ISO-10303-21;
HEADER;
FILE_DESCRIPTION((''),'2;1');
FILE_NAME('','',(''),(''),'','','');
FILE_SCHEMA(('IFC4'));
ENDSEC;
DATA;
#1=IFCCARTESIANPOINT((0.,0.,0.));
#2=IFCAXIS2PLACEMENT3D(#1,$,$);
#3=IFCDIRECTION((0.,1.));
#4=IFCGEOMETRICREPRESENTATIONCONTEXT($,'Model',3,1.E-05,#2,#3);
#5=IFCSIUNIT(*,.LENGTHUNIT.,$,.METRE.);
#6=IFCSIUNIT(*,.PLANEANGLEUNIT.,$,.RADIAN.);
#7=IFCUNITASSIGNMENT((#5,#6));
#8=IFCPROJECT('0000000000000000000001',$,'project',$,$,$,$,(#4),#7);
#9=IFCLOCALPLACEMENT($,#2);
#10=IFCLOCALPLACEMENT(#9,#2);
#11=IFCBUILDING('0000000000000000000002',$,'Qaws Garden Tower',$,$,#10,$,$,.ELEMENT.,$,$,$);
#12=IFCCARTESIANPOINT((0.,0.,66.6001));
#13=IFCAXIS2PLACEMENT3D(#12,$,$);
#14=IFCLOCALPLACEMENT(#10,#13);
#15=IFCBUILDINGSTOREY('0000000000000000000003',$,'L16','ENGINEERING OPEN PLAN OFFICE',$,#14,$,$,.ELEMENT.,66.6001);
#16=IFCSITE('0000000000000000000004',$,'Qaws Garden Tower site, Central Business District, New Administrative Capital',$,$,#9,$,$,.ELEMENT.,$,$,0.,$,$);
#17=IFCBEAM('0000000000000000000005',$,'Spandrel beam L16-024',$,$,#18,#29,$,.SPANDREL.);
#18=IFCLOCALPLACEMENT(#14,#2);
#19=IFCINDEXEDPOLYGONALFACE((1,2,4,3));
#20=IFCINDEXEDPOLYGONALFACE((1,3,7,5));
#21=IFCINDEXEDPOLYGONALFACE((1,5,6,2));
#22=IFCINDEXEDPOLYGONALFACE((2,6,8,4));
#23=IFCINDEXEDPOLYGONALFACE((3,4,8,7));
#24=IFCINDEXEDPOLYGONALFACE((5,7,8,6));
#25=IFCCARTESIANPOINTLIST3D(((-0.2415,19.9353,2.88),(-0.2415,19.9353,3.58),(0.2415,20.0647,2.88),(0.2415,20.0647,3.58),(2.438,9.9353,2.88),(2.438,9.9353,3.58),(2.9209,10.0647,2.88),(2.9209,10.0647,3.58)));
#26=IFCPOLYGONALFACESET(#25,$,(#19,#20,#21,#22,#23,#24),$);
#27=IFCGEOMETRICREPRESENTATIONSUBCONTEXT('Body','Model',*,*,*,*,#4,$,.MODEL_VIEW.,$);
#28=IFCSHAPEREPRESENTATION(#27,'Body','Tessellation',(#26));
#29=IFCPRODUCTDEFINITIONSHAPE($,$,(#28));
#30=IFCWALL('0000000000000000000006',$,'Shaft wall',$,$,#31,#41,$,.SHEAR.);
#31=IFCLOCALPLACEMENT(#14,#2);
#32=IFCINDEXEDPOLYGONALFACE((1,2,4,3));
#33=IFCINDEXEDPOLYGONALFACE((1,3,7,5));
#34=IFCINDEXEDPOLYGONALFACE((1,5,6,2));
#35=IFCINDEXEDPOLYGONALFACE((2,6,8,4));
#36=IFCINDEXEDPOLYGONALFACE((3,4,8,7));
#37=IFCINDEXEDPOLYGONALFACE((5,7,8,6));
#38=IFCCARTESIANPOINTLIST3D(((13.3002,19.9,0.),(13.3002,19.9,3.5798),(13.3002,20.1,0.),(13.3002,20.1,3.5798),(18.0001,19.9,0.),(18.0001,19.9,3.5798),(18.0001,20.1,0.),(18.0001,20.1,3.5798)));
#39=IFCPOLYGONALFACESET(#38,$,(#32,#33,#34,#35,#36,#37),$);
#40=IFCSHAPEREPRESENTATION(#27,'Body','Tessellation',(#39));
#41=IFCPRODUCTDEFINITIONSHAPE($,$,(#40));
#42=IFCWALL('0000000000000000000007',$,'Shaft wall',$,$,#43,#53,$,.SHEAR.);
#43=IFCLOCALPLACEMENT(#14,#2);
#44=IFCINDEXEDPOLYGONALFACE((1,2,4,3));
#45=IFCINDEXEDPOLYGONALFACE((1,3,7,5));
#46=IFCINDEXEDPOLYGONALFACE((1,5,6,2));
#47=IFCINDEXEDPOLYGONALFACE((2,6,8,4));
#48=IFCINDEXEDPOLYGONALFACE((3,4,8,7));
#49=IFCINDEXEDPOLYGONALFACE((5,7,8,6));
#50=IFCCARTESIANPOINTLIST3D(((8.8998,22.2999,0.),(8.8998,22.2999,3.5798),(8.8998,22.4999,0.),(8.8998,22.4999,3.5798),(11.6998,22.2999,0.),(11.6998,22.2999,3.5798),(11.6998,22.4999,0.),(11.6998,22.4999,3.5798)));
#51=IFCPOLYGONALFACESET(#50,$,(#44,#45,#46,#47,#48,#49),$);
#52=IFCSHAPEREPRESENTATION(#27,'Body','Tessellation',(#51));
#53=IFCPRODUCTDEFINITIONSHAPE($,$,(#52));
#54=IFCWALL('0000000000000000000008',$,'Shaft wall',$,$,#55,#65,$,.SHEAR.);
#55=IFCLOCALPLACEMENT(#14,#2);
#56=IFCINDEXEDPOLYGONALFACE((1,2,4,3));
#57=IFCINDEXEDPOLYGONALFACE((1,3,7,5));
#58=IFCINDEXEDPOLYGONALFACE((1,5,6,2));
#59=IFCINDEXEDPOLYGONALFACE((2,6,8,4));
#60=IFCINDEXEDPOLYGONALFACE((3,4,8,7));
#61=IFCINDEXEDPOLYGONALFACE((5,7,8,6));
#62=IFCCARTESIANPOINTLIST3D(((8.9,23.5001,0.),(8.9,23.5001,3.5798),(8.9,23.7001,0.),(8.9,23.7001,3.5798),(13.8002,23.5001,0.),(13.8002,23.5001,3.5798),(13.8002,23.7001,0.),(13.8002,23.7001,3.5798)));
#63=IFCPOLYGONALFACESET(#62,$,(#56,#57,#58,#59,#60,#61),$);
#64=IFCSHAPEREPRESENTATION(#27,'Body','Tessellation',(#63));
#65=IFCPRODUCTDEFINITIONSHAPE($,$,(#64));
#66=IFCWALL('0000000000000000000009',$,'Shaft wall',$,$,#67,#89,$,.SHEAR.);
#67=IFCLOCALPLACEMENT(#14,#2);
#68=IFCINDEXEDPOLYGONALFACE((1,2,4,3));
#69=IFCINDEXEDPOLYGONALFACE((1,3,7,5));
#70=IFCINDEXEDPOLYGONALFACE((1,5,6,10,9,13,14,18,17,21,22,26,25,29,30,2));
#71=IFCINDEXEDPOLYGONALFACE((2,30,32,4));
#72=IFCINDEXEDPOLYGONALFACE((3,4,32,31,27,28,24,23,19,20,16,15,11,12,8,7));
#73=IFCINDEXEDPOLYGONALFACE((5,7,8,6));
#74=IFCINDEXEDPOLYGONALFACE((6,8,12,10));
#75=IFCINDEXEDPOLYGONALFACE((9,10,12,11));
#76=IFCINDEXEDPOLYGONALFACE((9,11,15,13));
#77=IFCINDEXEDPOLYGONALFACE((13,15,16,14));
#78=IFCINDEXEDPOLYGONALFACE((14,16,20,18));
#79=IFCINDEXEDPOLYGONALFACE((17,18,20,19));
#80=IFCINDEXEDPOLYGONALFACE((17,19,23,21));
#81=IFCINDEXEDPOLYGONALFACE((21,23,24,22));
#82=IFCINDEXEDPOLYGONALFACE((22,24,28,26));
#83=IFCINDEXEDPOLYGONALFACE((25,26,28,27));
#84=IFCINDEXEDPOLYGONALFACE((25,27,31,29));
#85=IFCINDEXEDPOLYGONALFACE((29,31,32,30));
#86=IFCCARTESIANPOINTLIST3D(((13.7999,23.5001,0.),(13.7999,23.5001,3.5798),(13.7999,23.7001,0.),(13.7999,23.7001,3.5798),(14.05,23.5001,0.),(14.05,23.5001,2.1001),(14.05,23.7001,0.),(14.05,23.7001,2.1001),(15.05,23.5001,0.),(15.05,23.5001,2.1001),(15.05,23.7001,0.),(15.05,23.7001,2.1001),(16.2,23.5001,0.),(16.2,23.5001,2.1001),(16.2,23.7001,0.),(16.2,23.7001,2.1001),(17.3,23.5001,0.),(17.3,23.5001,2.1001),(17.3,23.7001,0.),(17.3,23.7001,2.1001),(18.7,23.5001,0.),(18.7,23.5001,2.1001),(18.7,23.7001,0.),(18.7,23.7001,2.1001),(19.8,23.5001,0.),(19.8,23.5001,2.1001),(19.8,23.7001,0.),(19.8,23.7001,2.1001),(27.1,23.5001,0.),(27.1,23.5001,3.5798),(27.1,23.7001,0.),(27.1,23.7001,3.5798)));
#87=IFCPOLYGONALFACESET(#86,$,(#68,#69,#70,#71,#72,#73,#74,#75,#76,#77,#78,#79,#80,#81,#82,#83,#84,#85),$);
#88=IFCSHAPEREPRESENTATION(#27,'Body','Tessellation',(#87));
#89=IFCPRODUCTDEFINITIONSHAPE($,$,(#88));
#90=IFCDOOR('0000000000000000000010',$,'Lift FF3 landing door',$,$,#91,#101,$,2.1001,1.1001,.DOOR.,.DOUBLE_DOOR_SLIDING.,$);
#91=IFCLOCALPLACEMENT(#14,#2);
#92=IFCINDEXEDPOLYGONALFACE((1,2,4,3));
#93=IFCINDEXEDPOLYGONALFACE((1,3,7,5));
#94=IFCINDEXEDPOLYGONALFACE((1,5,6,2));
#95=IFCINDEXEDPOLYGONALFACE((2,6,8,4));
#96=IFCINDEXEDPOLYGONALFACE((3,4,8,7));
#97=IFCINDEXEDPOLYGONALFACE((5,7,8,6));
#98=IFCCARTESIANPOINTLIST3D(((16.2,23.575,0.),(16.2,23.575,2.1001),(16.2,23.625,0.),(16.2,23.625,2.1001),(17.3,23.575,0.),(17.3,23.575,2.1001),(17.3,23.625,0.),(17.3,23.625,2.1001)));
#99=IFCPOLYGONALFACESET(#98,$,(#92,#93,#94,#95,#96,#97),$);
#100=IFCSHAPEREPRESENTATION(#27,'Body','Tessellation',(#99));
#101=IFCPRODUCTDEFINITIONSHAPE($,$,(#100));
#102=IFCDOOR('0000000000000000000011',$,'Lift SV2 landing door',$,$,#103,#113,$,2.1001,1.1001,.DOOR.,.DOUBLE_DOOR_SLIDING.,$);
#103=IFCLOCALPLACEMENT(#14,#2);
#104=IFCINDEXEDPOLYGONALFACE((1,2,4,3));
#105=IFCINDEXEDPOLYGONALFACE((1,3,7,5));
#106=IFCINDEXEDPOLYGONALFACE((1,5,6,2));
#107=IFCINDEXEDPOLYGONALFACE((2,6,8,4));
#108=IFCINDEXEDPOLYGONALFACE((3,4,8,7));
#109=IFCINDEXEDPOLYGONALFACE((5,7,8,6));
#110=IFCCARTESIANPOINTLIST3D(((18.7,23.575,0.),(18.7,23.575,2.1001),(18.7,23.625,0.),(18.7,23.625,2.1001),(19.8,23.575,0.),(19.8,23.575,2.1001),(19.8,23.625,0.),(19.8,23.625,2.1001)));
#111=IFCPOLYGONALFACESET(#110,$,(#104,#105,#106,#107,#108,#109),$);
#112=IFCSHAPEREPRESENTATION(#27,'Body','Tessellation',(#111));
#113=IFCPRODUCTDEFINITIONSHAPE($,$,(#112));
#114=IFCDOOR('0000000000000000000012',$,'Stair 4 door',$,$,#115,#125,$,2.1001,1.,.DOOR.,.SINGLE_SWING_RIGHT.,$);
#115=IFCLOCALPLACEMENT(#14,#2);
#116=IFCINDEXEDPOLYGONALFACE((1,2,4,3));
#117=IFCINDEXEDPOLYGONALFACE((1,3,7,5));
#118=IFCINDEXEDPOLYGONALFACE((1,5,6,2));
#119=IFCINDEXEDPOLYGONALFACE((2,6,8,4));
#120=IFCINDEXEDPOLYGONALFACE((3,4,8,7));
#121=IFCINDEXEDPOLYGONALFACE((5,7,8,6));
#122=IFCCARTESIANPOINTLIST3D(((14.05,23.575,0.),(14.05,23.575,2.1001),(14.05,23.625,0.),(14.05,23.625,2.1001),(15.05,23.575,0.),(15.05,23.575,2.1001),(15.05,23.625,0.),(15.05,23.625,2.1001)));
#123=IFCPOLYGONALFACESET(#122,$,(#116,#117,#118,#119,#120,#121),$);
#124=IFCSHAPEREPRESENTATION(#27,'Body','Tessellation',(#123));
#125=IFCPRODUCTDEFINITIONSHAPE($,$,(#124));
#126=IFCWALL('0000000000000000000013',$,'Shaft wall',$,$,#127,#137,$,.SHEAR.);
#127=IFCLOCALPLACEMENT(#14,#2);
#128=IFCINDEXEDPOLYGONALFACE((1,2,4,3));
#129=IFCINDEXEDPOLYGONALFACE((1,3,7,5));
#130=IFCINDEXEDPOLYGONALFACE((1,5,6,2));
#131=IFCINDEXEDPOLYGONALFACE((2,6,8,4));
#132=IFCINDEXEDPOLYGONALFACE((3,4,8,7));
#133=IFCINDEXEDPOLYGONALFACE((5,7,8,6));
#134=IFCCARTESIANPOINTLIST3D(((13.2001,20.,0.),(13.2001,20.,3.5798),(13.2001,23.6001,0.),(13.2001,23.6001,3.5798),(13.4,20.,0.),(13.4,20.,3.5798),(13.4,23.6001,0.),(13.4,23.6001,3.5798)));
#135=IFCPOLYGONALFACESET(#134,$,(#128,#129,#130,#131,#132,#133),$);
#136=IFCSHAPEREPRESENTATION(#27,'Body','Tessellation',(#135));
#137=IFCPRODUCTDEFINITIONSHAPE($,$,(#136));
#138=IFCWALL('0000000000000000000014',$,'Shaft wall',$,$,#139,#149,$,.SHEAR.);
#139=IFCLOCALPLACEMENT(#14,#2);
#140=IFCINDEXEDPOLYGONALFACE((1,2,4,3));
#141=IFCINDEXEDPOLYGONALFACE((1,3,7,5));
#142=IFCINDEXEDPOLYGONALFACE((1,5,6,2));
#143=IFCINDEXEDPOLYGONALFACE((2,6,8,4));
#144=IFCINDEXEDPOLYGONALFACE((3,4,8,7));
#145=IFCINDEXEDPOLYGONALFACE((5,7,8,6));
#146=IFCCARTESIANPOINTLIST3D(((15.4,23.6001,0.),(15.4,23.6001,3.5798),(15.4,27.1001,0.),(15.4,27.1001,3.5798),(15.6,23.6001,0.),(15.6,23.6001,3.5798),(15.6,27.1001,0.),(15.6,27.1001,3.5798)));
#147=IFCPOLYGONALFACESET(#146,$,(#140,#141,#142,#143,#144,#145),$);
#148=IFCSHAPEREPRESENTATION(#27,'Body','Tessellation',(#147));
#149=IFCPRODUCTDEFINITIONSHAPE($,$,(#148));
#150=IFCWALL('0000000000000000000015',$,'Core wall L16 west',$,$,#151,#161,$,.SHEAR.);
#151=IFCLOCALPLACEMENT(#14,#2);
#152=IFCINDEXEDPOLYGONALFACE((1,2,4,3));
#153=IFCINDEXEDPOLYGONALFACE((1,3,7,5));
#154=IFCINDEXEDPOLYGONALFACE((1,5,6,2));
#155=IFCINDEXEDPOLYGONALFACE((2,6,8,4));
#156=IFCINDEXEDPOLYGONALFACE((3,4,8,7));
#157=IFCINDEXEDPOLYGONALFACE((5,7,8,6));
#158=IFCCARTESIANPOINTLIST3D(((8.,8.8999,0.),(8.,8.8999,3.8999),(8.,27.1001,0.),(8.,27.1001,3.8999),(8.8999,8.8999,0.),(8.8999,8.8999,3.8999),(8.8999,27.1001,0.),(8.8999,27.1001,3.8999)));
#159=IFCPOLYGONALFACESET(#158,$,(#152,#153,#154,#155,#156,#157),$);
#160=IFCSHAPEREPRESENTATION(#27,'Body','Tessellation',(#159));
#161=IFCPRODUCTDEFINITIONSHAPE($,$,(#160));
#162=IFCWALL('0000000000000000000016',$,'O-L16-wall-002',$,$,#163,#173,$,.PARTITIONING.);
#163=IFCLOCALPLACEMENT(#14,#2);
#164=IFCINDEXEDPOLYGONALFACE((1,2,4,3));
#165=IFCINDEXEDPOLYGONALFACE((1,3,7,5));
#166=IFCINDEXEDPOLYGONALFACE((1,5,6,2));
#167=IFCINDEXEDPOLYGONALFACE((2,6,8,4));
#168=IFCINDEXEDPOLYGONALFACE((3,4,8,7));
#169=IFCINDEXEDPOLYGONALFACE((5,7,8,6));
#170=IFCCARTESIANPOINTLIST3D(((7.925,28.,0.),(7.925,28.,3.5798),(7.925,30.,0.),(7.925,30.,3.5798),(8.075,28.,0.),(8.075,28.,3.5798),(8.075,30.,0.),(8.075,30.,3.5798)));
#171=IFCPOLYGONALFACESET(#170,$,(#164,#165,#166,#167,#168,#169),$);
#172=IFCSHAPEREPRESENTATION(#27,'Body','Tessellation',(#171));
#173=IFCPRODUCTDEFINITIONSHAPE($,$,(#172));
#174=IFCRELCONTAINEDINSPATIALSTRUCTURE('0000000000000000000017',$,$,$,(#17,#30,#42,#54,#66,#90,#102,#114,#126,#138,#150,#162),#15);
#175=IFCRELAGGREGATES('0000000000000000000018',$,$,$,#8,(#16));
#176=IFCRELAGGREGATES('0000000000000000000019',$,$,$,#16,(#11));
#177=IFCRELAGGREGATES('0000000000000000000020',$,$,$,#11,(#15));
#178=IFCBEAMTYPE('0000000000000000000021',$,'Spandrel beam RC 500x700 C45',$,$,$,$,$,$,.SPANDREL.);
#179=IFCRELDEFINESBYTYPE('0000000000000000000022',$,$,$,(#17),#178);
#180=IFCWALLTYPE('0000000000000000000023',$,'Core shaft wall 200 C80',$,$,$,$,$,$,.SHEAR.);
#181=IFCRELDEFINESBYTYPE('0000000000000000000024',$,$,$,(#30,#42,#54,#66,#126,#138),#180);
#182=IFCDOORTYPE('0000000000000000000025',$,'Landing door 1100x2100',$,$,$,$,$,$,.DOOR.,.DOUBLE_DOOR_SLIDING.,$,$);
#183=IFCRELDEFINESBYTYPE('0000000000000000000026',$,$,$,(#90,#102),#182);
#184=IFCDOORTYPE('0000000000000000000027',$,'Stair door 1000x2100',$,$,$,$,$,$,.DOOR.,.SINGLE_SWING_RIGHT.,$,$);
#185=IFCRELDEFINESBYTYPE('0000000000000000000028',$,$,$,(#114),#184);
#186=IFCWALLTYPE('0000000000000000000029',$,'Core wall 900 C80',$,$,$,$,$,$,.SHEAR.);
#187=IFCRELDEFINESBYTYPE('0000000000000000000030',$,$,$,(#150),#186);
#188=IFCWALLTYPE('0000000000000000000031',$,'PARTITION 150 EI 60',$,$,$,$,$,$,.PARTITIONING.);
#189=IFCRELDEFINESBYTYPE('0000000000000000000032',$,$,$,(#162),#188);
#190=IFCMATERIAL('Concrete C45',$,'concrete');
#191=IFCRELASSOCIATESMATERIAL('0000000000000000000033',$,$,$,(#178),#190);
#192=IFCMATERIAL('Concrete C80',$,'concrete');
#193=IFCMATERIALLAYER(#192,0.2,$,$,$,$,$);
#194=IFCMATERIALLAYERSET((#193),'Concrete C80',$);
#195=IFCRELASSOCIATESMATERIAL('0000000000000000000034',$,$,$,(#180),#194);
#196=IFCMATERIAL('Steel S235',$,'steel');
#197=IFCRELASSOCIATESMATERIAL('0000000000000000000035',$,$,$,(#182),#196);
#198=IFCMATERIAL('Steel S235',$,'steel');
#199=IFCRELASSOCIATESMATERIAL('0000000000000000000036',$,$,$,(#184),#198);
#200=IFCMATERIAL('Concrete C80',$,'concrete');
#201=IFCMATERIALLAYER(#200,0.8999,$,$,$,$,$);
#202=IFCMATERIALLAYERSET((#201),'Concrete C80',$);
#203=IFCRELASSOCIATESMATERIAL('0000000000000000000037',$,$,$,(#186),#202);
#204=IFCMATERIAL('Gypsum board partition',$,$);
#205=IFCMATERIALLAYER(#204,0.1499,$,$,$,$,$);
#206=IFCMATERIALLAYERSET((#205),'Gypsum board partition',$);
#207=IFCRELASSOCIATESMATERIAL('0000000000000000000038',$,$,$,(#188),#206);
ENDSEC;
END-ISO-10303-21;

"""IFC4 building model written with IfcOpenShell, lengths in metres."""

from ifc_helpers import new_model, si_unit, direction, frame, frame_2d, origin, origin_2d, place, context, subcontext, project, spatial, rectangle, extrude, material, layer, layer_set, material_profile, profile_set, type_object, element, fill, save


model = new_model("IFC4")

# Units and contexts
model_context = context("Model", 3, precision=1e-05, world=origin(), true_north=direction((0.0, 1.0)))
body_context = subcontext(model_context, "Body", "Model", "MODEL_VIEW")
ifc_project = project(units=[si_unit("LENGTHUNIT", "METRE"), si_unit("PLANEANGLEUNIT", "RADIAN")], contexts=[model_context])

# Site, building, storey
site_placement = place(None, origin())
site = spatial("IfcSite", under=ifc_project, at=site_placement, Name="Qaws Garden Tower site, Central Business District, New Administrative Capital", CompositionType="ELEMENT", RefElevation=0.0)
building_placement = place(site_placement, origin())
building = spatial("IfcBuilding", under=site, at=building_placement, Name="Qaws Garden Tower", CompositionType="ELEMENT")
storey_placement = place(building_placement, frame((0.0, 0.0, 66.6001)))
storey = spatial("IfcBuildingStorey", under=building, at=storey_placement, Name="L16", Description="ENGINEERING OPEN PLAN OFFICE", CompositionType="ELEMENT", Elevation=66.6001)

# Beam
ifc_material_1 = material(Name="Concrete C45", Category="concrete")
ifc_material_profile = material_profile(ifc_material_1, rectangle(XDim=0.5, YDim=0.7, at=origin_2d()), Name="RC 500x700")
ifc_profile_set = profile_set([ifc_material_profile], Name="Concrete C45")
beam_type = type_object("IfcBeamType", Name="Spandrel beam RC 500x700 C45", PredefinedType="SPANDREL", material=ifc_profile_set)
beam_placement = place(storey_placement, frame((0.0, 20.0, 3.23), z_axis=(0.258815, -0.965927, 0.0), x_axis=(0.965927, 0.258815, 0.0)))
element("IfcBeam", 1, at=beam_placement, inside=storey, type_object=beam_type, Name="Spandrel beam L16-024", PredefinedType="SPANDREL", context=body_context, shape_type="SweptSolid", body=[
    extrude(rectangle(XDim=0.5, YDim=0.7, at=origin_2d()), origin(), (0.0, 0.0, 1.0), 10.3528),
])

# Walls
ifc_material_2 = material(Name="Concrete C80", Category="concrete")
ifc_layer_1 = layer(ifc_material_2, 0.2)
ifc_layer_set_1 = layer_set([ifc_layer_1], Name="Concrete C80")
wall_type_1 = type_object("IfcWallType", Name="Core shaft wall 200 C80", PredefinedType="SHEAR", material=ifc_layer_set_1)
wall_1_placement = place(storey_placement, frame((13.3, 20.0, 0.0), z_axis=(0.0, 0.0, 1.0), x_axis=(1.0, 0.0, 0.0)))
element("IfcWall", 2, at=wall_1_placement, inside=storey, type_object=wall_type_1, Name="Shaft wall", PredefinedType="SHEAR", context=body_context, shape_type="SweptSolid", body=[
    extrude(rectangle(XDim=4.7, YDim=0.2, at=frame_2d((2.3501, 0.0))), origin(), (0.0, 0.0, 1.0), 3.5798),
])
wall_2_placement = place(storey_placement, frame((8.8999, 22.3999, 0.0), z_axis=(0.0, 0.0, 1.0), x_axis=(1.0, 0.0, 0.0)))
element("IfcWall", 3, at=wall_2_placement, inside=storey, type_object=wall_type_1, Name="Shaft wall", PredefinedType="SHEAR", context=body_context, shape_type="SweptSolid", body=[
    extrude(rectangle(XDim=2.8, YDim=0.2, at=frame_2d((1.3999, 0.0))), origin(), (0.0, 0.0, 1.0), 3.5798),
])
wall_3_placement = place(storey_placement, frame((8.8999, 23.6001, 0.0), z_axis=(0.0, 0.0, 1.0), x_axis=(1.0, 0.0, 0.0)))
element("IfcWall", 4, at=wall_3_placement, inside=storey, type_object=wall_type_1, Name="Shaft wall", PredefinedType="SHEAR", context=body_context, shape_type="SweptSolid", body=[
    extrude(rectangle(XDim=4.9001, YDim=0.2, at=frame_2d((2.4502, 0.0))), origin(), (0.0, 0.0, 1.0), 3.5798),
])

# Wall, openings, doors
wall_4_placement = place(storey_placement, frame((13.8, 23.6001, 0.0), z_axis=(0.0, 0.0, 1.0), x_axis=(1.0, 0.0, 0.0)))
wall_4 = element("IfcWall", 5, at=wall_4_placement, inside=storey, type_object=wall_type_1, Name="Shaft wall", PredefinedType="SHEAR", context=body_context, shape_type="SweptSolid", body=[
    extrude(rectangle(XDim=13.3, YDim=0.2, at=frame_2d((6.6499, 0.0))), origin(), (0.0, 0.0, 1.0), 3.5798),
])
opening_1_placement = place(wall_4_placement, frame((2.3999, 0.0, 0.0)))
opening_1 = element("IfcOpeningElement", 6, at=opening_1_placement, cuts=wall_4, PredefinedType="OPENING", context=body_context, shape_type="SweptSolid", body=[
    extrude(rectangle(XDim=1.1001, YDim=2.1001, at=frame_2d((0.55, 1.05))), frame((0.0, 0.1099, 0.0), z_axis=(0.0, -1.0, 0.0), x_axis=(1.0, 0.0, 0.0)), (0.0, 0.0, 1.0), 0.22),
])
opening_2_placement = place(wall_4_placement, frame((4.8999, 0.0, 0.0)))
opening_2 = element("IfcOpeningElement", 7, at=opening_2_placement, cuts=wall_4, PredefinedType="OPENING", context=body_context, shape_type="SweptSolid", body=[
    extrude(rectangle(XDim=1.1001, YDim=2.1001, at=frame_2d((0.55, 1.05))), frame((0.0, 0.1099, 0.0), z_axis=(0.0, -1.0, 0.0), x_axis=(1.0, 0.0, 0.0)), (0.0, 0.0, 1.0), 0.22),
])
opening_3_placement = place(wall_4_placement, frame((0.25, 0.0, 0.0)))
opening_3 = element("IfcOpeningElement", 8, at=opening_3_placement, cuts=wall_4, PredefinedType="OPENING", context=body_context, shape_type="SweptSolid", body=[
    extrude(rectangle(XDim=1.0, YDim=2.1001, at=frame_2d((0.5, 1.05))), frame((0.0, 0.1099, 0.0), z_axis=(0.0, -1.0, 0.0), x_axis=(1.0, 0.0, 0.0)), (0.0, 0.0, 1.0), 0.22),
])
ifc_material_3 = material(Name="Steel S235", Category="steel")
door_type_1 = type_object("IfcDoorType", Name="Landing door 1100x2100", OperationType="DOUBLE_DOOR_SLIDING", PredefinedType="DOOR", material=ifc_material_3)
door_1_placement = place(opening_1_placement, origin())
door_1 = element("IfcDoor", 9, at=door_1_placement, inside=storey, type_object=door_type_1, Name="Lift FF3 landing door", OperationType="DOUBLE_DOOR_SLIDING", OverallHeight=2.1001, OverallWidth=1.1001, PredefinedType="DOOR", context=body_context, shape_type="SweptSolid", body=[
    extrude(rectangle(XDim=1.1001, YDim=2.1001, at=frame_2d((0.55, 1.05))), frame((0.0, 0.0249, 0.0), z_axis=(0.0, -1.0, 0.0), x_axis=(1.0, 0.0, 0.0)), (0.0, 0.0, 1.0), 0.05),
])
fill(opening_1, door_1)
door_2_placement = place(opening_2_placement, origin())
door_2 = element("IfcDoor", 10, at=door_2_placement, inside=storey, type_object=door_type_1, Name="Lift SV2 landing door", OperationType="DOUBLE_DOOR_SLIDING", OverallHeight=2.1001, OverallWidth=1.1001, PredefinedType="DOOR", context=body_context, shape_type="SweptSolid", body=[
    extrude(rectangle(XDim=1.1001, YDim=2.1001, at=frame_2d((0.55, 1.05))), frame((0.0, 0.0249, 0.0), z_axis=(0.0, -1.0, 0.0), x_axis=(1.0, 0.0, 0.0)), (0.0, 0.0, 1.0), 0.05),
])
fill(opening_2, door_2)
ifc_material_4 = material(Name="Steel S235", Category="steel")
door_type_2 = type_object("IfcDoorType", Name="Stair door 1000x2100", OperationType="SINGLE_SWING_RIGHT", PredefinedType="DOOR", material=ifc_material_4)
door_3_placement = place(opening_3_placement, origin())
door_3 = element("IfcDoor", 11, at=door_3_placement, inside=storey, type_object=door_type_2, Name="Stair 4 door", OperationType="SINGLE_SWING_RIGHT", OverallHeight=2.1001, OverallWidth=1.0, PredefinedType="DOOR", context=body_context, shape_type="SweptSolid", body=[
    extrude(rectangle(XDim=1.0, YDim=2.1001, at=frame_2d((0.5, 1.05))), frame((0.0, 0.0249, 0.0), z_axis=(0.0, -1.0, 0.0), x_axis=(1.0, 0.0, 0.0)), (0.0, 0.0, 1.0), 0.05),
])
fill(opening_3, door_3)

# Walls
wall_5_placement = place(storey_placement, frame((13.3, 20.0, 0.0), z_axis=(0.0, 0.0, 1.0), x_axis=(0.0, 1.0, 0.0)))
element("IfcWall", 12, at=wall_5_placement, inside=storey, type_object=wall_type_1, Name="Shaft wall", PredefinedType="SHEAR", context=body_context, shape_type="SweptSolid", body=[
    extrude(rectangle(XDim=3.6001, YDim=0.2, at=frame_2d((1.8, 0.0))), origin(), (0.0, 0.0, 1.0), 3.5798),
])
wall_6_placement = place(storey_placement, frame((15.5, 23.6001, 0.0), z_axis=(0.0, 0.0, 1.0), x_axis=(0.0, 1.0, 0.0)))
element("IfcWall", 13, at=wall_6_placement, inside=storey, type_object=wall_type_1, Name="Shaft wall", PredefinedType="SHEAR", context=body_context, shape_type="SweptSolid", body=[
    extrude(rectangle(XDim=3.5, YDim=0.2, at=frame_2d((1.75, 0.0))), origin(), (0.0, 0.0, 1.0), 3.5798),
])
ifc_material_5 = material(Name="Concrete C80", Category="concrete")
ifc_layer_2 = layer(ifc_material_5, 0.8999)
ifc_layer_set_2 = layer_set([ifc_layer_2], Name="Concrete C80")
wall_type_2 = type_object("IfcWallType", Name="Core wall 900 C80", PredefinedType="SHEAR", material=ifc_layer_set_2)
wall_7_placement = place(storey_placement, frame((8.45, 27.1001, 0.0), z_axis=(0.0, 0.0, 1.0), x_axis=(0.0, -1.0, 0.0)))
element("IfcWall", 14, at=wall_7_placement, inside=storey, type_object=wall_type_2, Name="Core wall L16 west", PredefinedType="SHEAR", context=body_context, shape_type="SweptSolid", body=[
    extrude(rectangle(XDim=18.2002, YDim=0.8999, at=frame_2d((9.1001, 0.0))), origin(), (0.0, 0.0, 1.0), 3.8999),
])
ifc_material_6 = material(Name="Gypsum board partition")
ifc_layer_3 = layer(ifc_material_6, 0.1499)
ifc_layer_set_3 = layer_set([ifc_layer_3], Name="Gypsum board partition")
wall_type_3 = type_object("IfcWallType", Name="PARTITION 150 EI 60", PredefinedType="PARTITIONING", material=ifc_layer_set_3)
wall_8_placement = place(storey_placement, frame((8.0, 28.0, 0.0), z_axis=(0.0, 0.0, 1.0), x_axis=(0.0, 1.0, 0.0)))
element("IfcWall", 15, at=wall_8_placement, inside=storey, type_object=wall_type_3, Name="O-L16-wall-002", PredefinedType="PARTITIONING", context=body_context, shape_type="SweptSolid", body=[
    extrude(rectangle(XDim=2.0, YDim=0.1499, at=frame_2d((1.0, 0.0))), origin(), (0.0, 0.0, 1.0), 3.5798),
])

save(model, "model.ifc")
